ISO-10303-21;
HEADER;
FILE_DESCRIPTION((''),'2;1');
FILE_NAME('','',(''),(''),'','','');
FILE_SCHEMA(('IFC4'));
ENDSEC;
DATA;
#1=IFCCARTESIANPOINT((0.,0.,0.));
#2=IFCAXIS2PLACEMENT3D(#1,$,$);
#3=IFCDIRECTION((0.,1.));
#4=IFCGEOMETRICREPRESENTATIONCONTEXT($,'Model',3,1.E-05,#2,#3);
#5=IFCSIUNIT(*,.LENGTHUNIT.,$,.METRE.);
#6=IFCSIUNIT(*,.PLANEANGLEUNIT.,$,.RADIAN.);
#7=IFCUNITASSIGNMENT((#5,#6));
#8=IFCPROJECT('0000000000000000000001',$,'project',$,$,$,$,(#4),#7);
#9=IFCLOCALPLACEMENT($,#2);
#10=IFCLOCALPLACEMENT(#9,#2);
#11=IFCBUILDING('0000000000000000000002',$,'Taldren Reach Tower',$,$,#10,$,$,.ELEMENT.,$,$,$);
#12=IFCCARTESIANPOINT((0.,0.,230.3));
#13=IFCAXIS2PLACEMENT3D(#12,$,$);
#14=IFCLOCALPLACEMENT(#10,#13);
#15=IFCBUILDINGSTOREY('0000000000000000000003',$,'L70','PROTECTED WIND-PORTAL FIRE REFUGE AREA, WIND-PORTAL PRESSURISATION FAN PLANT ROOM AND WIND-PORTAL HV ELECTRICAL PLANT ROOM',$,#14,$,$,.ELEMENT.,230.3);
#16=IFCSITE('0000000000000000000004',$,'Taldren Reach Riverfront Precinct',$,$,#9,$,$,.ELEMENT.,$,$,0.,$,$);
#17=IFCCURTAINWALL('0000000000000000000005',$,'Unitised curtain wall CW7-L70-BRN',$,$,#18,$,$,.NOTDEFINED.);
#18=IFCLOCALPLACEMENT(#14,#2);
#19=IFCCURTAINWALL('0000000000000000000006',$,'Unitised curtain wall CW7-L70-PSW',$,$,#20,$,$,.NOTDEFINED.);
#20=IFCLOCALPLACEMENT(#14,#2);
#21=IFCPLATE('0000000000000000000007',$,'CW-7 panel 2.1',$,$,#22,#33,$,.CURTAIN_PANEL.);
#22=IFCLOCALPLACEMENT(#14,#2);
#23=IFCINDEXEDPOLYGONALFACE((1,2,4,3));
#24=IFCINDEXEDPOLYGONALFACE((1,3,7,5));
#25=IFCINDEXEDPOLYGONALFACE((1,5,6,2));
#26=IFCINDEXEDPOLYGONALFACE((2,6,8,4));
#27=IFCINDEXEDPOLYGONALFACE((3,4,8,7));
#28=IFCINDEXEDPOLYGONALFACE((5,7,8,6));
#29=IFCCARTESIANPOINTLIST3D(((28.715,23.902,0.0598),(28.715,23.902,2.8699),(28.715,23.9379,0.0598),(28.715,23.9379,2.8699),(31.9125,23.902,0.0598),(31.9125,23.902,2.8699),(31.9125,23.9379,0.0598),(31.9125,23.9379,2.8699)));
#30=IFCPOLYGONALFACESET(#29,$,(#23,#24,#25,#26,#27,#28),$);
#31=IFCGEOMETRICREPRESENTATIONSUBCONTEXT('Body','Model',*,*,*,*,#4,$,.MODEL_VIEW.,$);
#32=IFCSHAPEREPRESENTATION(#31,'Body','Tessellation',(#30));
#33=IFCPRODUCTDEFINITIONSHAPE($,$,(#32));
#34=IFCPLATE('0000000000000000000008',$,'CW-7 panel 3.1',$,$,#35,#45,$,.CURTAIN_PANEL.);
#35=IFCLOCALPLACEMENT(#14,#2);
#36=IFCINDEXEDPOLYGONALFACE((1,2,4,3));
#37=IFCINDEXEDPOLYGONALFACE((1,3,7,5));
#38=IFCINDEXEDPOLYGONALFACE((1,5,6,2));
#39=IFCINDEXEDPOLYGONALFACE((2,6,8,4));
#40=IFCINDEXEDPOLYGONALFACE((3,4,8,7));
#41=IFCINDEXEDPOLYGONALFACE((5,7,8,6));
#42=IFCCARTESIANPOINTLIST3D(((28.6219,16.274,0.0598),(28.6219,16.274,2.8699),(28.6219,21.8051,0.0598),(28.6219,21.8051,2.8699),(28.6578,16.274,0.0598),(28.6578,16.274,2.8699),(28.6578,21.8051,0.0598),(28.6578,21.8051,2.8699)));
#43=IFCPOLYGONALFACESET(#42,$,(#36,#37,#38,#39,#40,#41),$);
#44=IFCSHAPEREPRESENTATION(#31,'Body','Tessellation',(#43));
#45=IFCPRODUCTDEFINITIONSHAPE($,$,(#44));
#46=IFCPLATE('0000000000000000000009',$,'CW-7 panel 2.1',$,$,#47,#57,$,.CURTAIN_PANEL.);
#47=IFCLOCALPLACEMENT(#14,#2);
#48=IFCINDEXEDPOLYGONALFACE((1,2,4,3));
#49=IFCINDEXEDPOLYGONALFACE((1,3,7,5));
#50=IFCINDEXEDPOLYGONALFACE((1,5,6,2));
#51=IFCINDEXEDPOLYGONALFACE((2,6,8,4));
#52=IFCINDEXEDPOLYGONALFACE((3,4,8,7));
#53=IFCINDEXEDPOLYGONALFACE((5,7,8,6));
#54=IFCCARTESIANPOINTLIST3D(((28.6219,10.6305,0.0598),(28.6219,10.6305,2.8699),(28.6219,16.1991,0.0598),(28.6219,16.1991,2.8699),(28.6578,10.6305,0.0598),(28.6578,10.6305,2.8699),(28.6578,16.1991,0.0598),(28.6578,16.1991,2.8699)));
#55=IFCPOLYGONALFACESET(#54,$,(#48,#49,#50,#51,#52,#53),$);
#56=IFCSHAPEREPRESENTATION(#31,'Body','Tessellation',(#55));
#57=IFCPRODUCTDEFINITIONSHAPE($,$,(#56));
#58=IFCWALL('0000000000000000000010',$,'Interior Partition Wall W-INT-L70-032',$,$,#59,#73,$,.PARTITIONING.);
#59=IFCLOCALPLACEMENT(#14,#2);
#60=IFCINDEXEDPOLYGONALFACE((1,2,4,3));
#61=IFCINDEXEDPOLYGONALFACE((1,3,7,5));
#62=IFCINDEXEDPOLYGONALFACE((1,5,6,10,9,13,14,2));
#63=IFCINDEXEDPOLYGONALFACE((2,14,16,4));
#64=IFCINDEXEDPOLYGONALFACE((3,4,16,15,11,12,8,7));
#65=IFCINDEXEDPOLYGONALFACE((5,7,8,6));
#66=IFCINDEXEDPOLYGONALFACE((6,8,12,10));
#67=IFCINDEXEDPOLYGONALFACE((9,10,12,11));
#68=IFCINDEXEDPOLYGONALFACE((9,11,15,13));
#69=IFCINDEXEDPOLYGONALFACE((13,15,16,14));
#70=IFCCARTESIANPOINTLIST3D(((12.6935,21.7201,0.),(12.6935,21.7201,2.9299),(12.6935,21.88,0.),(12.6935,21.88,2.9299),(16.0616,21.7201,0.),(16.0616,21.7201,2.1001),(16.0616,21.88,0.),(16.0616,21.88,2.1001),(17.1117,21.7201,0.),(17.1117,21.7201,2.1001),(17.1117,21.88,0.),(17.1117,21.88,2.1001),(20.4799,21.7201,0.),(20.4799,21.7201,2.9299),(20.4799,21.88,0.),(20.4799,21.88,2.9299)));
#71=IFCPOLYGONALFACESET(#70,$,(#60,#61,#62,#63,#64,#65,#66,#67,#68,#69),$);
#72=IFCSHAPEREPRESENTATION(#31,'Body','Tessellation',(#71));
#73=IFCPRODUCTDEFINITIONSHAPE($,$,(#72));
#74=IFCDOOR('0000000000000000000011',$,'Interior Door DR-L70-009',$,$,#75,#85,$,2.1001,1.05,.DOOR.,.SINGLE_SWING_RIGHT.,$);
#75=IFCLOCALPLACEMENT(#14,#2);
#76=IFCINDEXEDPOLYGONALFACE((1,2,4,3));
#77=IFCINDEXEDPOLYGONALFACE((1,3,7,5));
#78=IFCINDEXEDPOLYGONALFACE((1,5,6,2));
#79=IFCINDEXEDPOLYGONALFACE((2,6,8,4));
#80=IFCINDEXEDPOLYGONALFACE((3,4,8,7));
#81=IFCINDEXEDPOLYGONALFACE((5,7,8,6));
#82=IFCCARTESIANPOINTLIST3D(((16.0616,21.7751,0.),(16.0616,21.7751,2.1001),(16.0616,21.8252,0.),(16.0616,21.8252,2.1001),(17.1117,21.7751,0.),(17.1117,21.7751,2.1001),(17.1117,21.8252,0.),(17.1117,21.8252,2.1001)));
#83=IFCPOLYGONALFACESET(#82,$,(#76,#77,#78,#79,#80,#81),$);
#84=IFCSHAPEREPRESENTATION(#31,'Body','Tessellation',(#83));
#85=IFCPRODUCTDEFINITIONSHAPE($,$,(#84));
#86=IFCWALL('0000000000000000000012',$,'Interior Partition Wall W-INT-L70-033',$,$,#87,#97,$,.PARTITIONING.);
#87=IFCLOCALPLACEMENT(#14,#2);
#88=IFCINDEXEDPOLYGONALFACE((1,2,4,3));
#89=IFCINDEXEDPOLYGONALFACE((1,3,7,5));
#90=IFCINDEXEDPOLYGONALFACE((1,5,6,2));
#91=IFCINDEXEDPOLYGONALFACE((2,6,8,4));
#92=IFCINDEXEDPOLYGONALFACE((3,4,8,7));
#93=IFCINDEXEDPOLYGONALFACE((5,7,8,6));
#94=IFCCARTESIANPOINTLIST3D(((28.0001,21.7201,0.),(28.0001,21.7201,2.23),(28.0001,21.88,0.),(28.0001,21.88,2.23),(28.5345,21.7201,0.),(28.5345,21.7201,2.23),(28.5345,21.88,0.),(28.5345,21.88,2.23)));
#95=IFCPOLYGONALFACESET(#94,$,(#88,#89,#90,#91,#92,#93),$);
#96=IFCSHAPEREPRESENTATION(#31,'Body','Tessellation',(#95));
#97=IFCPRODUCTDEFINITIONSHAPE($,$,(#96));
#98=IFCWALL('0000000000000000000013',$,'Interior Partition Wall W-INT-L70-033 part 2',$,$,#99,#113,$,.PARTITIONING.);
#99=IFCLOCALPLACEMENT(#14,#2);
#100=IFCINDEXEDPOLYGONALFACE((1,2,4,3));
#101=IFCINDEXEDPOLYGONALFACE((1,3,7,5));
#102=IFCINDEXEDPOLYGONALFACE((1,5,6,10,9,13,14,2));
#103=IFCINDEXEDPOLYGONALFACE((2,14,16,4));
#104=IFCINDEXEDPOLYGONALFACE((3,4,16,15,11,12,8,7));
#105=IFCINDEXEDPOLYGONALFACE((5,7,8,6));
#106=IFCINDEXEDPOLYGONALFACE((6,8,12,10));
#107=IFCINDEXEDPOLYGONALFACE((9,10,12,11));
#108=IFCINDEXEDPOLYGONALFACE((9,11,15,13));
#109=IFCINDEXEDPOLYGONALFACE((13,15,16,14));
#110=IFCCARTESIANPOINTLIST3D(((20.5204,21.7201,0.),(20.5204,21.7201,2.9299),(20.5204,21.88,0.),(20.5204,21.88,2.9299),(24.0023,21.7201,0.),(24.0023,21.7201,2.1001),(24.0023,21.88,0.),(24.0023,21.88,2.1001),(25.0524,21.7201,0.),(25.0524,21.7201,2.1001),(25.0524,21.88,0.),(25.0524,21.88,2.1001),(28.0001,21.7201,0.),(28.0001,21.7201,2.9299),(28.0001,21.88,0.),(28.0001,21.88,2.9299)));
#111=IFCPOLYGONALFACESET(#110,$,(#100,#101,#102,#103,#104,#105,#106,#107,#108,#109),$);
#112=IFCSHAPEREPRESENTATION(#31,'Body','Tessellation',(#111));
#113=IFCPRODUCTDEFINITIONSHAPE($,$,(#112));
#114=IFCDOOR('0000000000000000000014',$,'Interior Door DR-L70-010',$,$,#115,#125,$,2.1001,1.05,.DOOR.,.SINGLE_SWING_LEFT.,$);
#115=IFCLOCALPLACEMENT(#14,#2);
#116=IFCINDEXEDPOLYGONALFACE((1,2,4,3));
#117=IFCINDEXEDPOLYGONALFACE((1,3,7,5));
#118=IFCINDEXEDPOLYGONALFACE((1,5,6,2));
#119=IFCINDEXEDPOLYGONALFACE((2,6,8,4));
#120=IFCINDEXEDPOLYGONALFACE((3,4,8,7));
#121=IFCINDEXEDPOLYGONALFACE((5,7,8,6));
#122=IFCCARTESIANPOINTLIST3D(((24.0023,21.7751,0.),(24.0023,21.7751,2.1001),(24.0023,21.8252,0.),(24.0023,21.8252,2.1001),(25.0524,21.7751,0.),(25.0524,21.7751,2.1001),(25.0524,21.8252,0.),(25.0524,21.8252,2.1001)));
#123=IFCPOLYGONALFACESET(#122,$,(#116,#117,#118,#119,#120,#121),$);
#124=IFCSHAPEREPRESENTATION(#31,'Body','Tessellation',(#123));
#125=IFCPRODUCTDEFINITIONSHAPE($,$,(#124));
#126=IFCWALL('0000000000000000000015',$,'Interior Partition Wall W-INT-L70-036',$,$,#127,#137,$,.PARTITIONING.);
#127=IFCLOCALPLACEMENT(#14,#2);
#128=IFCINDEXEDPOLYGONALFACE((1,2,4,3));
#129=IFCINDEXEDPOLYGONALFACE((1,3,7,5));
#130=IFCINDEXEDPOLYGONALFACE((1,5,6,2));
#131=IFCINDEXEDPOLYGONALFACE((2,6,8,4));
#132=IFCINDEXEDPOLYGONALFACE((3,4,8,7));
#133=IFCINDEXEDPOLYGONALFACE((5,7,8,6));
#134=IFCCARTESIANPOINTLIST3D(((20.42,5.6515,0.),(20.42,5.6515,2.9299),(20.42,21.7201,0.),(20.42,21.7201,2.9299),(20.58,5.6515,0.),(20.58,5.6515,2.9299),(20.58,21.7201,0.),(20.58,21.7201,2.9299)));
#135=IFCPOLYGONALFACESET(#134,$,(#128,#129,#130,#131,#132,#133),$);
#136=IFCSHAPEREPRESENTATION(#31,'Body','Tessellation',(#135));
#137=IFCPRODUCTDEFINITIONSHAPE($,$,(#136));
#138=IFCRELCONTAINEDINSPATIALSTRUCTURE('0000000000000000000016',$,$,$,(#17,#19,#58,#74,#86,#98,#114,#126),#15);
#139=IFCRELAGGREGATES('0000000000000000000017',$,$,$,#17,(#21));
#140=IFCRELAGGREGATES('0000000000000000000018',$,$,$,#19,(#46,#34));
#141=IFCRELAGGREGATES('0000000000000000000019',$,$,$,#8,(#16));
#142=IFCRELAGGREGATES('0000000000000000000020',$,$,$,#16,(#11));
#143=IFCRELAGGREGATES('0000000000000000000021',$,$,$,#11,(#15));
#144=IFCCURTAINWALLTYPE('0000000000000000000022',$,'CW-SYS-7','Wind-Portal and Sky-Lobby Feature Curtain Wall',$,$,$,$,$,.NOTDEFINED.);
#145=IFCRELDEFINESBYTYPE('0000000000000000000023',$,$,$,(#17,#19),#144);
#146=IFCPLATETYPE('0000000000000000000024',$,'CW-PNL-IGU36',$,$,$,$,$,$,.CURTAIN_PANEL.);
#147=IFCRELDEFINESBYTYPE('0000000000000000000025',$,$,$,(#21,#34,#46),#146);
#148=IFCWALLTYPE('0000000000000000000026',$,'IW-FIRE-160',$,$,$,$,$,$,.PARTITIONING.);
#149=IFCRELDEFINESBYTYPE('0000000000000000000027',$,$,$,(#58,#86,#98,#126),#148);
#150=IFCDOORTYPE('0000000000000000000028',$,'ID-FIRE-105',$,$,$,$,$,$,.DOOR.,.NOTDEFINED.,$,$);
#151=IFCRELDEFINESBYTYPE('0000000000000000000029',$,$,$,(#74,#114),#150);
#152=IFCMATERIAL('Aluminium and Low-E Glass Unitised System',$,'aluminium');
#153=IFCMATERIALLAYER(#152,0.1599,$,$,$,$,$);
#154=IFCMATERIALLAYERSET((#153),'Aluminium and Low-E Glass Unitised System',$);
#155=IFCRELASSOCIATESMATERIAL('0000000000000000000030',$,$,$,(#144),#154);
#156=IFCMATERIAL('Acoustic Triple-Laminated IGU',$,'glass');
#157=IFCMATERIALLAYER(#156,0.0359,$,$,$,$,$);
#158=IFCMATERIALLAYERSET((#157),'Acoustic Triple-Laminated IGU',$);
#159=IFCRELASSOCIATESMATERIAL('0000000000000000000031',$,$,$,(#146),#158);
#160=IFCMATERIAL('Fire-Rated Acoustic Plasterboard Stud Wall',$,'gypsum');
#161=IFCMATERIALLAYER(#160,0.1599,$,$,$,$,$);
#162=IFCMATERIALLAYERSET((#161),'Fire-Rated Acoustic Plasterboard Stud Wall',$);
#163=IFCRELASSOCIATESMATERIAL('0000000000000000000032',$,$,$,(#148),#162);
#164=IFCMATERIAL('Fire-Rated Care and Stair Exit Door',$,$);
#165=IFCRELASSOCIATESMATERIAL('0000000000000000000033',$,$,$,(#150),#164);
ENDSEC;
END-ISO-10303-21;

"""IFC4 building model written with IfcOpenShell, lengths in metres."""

from ifc_helpers import new_model, si_unit, direction, frame, frame_2d, origin, origin_2d, place, context, subcontext, project, spatial, rectangle, extrude, source, transform, mapped, material, layer, layer_set, type_object, element, fill, aggregate, save


model = new_model("IFC4")

# Units and contexts
model_context = context("Model", 3, precision=1e-05, world=origin(), true_north=direction((0.0, 1.0)))
body_context = subcontext(model_context, "Body", "Model", "MODEL_VIEW")
ifc_project = project(units=[si_unit("LENGTHUNIT", "METRE"), si_unit("PLANEANGLEUNIT", "RADIAN")], contexts=[model_context])

# Site, building, storey
site_placement = place(None, origin())
site = spatial("IfcSite", under=ifc_project, at=site_placement, Name="Taldren Reach Riverfront Precinct", CompositionType="ELEMENT", RefElevation=0.0)
building_placement = place(site_placement, origin())
building = spatial("IfcBuilding", under=site, at=building_placement, Name="Taldren Reach Tower", CompositionType="ELEMENT")
storey_placement = place(building_placement, frame((0.0, 0.0, 230.3)))
storey = spatial("IfcBuildingStorey", under=building, at=storey_placement, Name="L70", Description="PROTECTED WIND-PORTAL FIRE REFUGE AREA, WIND-PORTAL PRESSURISATION FAN PLANT ROOM AND WIND-PORTAL HV ELECTRICAL PLANT ROOM", CompositionType="ELEMENT", Elevation=230.3)

# Shared definitions
ifc_material_1 = material(Name="Aluminium and Low-E Glass Unitised System", Category="aluminium")
ifc_layer_1 = layer(ifc_material_1, 0.1599)
ifc_layer_set_1 = layer_set([ifc_layer_1], Name="Aluminium and Low-E Glass Unitised System")
curtain_wall_type = type_object("IfcCurtainWallType", Name="CW-SYS-7", Description="Wind-Portal and Sky-Lobby Feature Curtain Wall", PredefinedType="NOTDEFINED", material=ifc_layer_set_1)

# Curtain wall
curtain_wall_1_placement = place(storey_placement, origin())
curtain_wall_1 = element("IfcCurtainWall", 1, at=curtain_wall_1_placement, inside=storey, type_object=curtain_wall_type, Name="Unitised curtain wall CW7-L70-BRN", PredefinedType="NOTDEFINED")

# Curtain wall
curtain_wall_2_placement = place(storey_placement, origin())
curtain_wall_2 = element("IfcCurtainWall", 2, at=curtain_wall_2_placement, inside=storey, type_object=curtain_wall_type, Name="Unitised curtain wall CW7-L70-PSW", PredefinedType="NOTDEFINED")

# Plates
ifc_material_2 = material(Name="Acoustic Triple-Laminated IGU", Category="glass")
ifc_layer_2 = layer(ifc_material_2, 0.0359)
ifc_layer_set_2 = layer_set([ifc_layer_2], Name="Acoustic Triple-Laminated IGU")
plate_type = type_object("IfcPlateType", Name="CW-PNL-IGU36", PredefinedType="CURTAIN_PANEL", material=ifc_layer_set_2)
shared_shape_1 = source(origin(), body_context, "Body", "SweptSolid", [
    extrude(rectangle(XDim=3.1975, YDim=0.0359, at=origin_2d()), origin(), (0.0, 0.0, 1.0), 2.8101),
])
plate_1_placement = place(storey_placement, frame((30.3137, 23.9199, 0.0598), z_axis=(0.0, 0.0, 1.0), x_axis=(-1.0, 0.0, 0.0)))
plate_1 = element("IfcPlate", 3, at=plate_1_placement, type_object=plate_type, Name="CW-7 panel 2.1", PredefinedType="CURTAIN_PANEL", context=body_context, shape_type="MappedRepresentation", body=[
    mapped(shared_shape_1, transform((0.0, 0.0, 0.0), scale=1.0)),
])
aggregate(curtain_wall_1, [plate_1])
shared_shape_2 = source(origin(), body_context, "Body", "SweptSolid", [
    extrude(rectangle(XDim=5.531, YDim=0.0359, at=origin_2d()), origin(), (0.0, 0.0, 1.0), 2.8101),
])
plate_2_placement = place(storey_placement, frame((28.6399, 19.0396, 0.0598), z_axis=(0.0, 0.0, 1.0), x_axis=(0.0, 1.0, 0.0)))
plate_2 = element("IfcPlate", 4, at=plate_2_placement, type_object=plate_type, Name="CW-7 panel 3.1", PredefinedType="CURTAIN_PANEL", context=body_context, shape_type="MappedRepresentation", body=[
    mapped(shared_shape_2, transform((0.0, 0.0, 0.0), scale=1.0)),
])
shared_shape_3 = source(origin(), body_context, "Body", "SweptSolid", [
    extrude(rectangle(XDim=5.5686, YDim=0.0359, at=origin_2d()), origin(), (0.0, 0.0, 1.0), 2.8101),
])
plate_3_placement = place(storey_placement, frame((28.6399, 13.4148, 0.0598), z_axis=(0.0, 0.0, 1.0), x_axis=(0.0, 1.0, 0.0)))
plate_3 = element("IfcPlate", 5, at=plate_3_placement, type_object=plate_type, Name="CW-7 panel 2.1", PredefinedType="CURTAIN_PANEL", context=body_context, shape_type="MappedRepresentation", body=[
    mapped(shared_shape_3, transform((0.0, 0.0, 0.0), scale=1.0)),
])
aggregate(curtain_wall_2, [plate_3, plate_2])

# Wall, opening, door
ifc_material_3 = material(Name="Fire-Rated Acoustic Plasterboard Stud Wall", Category="gypsum")
ifc_layer_3 = layer(ifc_material_3, 0.1599)
ifc_layer_set_3 = layer_set([ifc_layer_3], Name="Fire-Rated Acoustic Plasterboard Stud Wall")
wall_type = type_object("IfcWallType", Name="IW-FIRE-160", PredefinedType="PARTITIONING", material=ifc_layer_set_3)
shared_shape_4 = source(origin(), body_context, "Body", "SweptSolid", [
    extrude(rectangle(XDim=7.7864, YDim=0.1599, at=frame_2d((3.8931, 0.0))), origin(), (0.0, 0.0, 1.0), 2.9299),
])
wall_1_placement = place(storey_placement, frame((20.4797, 21.8, 0.0), z_axis=(0.0, 0.0, 1.0), x_axis=(-1.0, 0.0, 0.0)))
wall_1 = element("IfcWall", 6, at=wall_1_placement, inside=storey, type_object=wall_type, Name="Interior Partition Wall W-INT-L70-032", PredefinedType="PARTITIONING", context=body_context, shape_type="MappedRepresentation", body=[
    mapped(shared_shape_4, transform((0.0, 0.0, 0.0), scale=1.0)),
])
shared_shape_5 = source(origin(), body_context, "Body", "SweptSolid", [
    extrude(rectangle(XDim=1.05, YDim=2.1001, at=frame_2d((0.5249, 1.05))), frame((0.0, 0.0898, 0.0), z_axis=(0.0, -1.0, 0.0), x_axis=(1.0, 0.0, 0.0)), (0.0, 0.0, 1.0), 0.1799),
])
opening_1_placement = place(wall_1_placement, frame((3.3682, 0.0, 0.0)))
opening_1 = element("IfcOpeningElement", 7, at=opening_1_placement, cuts=wall_1, PredefinedType="OPENING", context=body_context, shape_type="MappedRepresentation", body=[
    mapped(shared_shape_5, transform((0.0, 0.0, 0.0), scale=1.0)),
])
ifc_material_4 = material(Name="Fire-Rated Care and Stair Exit Door")
door_type = type_object("IfcDoorType", Name="ID-FIRE-105", OperationType="NOTDEFINED", PredefinedType="DOOR", material=ifc_material_4)
shared_shape_6 = source(origin(), body_context, "Body", "SweptSolid", [
    extrude(rectangle(XDim=1.05, YDim=2.1001, at=frame_2d((0.5249, 1.05))), frame((0.0, 0.0249, 0.0), z_axis=(0.0, -1.0, 0.0), x_axis=(1.0, 0.0, 0.0)), (0.0, 0.0, 1.0), 0.05),
])
door_1_placement = place(opening_1_placement, origin())
door_1 = element("IfcDoor", 8, at=door_1_placement, inside=storey, type_object=door_type, Name="Interior Door DR-L70-009", OperationType="SINGLE_SWING_RIGHT", OverallHeight=2.1001, OverallWidth=1.05, PredefinedType="DOOR", context=body_context, shape_type="MappedRepresentation", body=[
    mapped(shared_shape_6, transform((0.0, 0.0, 0.0), scale=1.0)),
])
fill(opening_1, door_1)

# Wall
shared_shape_7 = source(origin(), body_context, "Body", "SweptSolid", [
    extrude(rectangle(XDim=0.5344, YDim=0.1599, at=frame_2d((0.2671, 0.0))), origin(), (0.0, 0.0, 1.0), 2.23),
])
wall_2_placement = place(storey_placement, frame((28.5344, 21.8, 0.0), z_axis=(0.0, 0.0, 1.0), x_axis=(-1.0, 0.0, 0.0)))
element("IfcWall", 9, at=wall_2_placement, inside=storey, type_object=wall_type, Name="Interior Partition Wall W-INT-L70-033", PredefinedType="PARTITIONING", context=body_context, shape_type="MappedRepresentation", body=[
    mapped(shared_shape_7, transform((0.0, 0.0, 0.0), scale=1.0)),
])

# Wall, opening, door
shared_shape_8 = source(origin(), body_context, "Body", "SweptSolid", [
    extrude(rectangle(XDim=7.4797, YDim=0.1599, at=frame_2d((3.7397, 0.0))), origin(), (0.0, 0.0, 1.0), 2.9299),
])
wall_3_placement = place(storey_placement, frame((28.0, 21.8, 0.0), z_axis=(0.0, 0.0, 1.0), x_axis=(-1.0, 0.0, 0.0)))
wall_3 = element("IfcWall", 10, at=wall_3_placement, inside=storey, type_object=wall_type, Name="Interior Partition Wall W-INT-L70-033 part 2", PredefinedType="PARTITIONING", context=body_context, shape_type="MappedRepresentation", body=[
    mapped(shared_shape_8, transform((0.0, 0.0, 0.0), scale=1.0)),
])
opening_2_placement = place(wall_3_placement, frame((2.9478, 0.0, 0.0)))
opening_2 = element("IfcOpeningElement", 11, at=opening_2_placement, cuts=wall_3, PredefinedType="OPENING", context=body_context, shape_type="MappedRepresentation", body=[
    mapped(shared_shape_5, transform((0.0, 0.0, 0.0), scale=1.0)),
])
door_2_placement = place(opening_2_placement, origin())
door_2 = element("IfcDoor", 12, at=door_2_placement, inside=storey, type_object=door_type, Name="Interior Door DR-L70-010", OperationType="SINGLE_SWING_LEFT", OverallHeight=2.1001, OverallWidth=1.05, PredefinedType="DOOR", context=body_context, shape_type="MappedRepresentation", body=[
    mapped(shared_shape_6, transform((0.0, 0.0, 0.0), scale=1.0)),
])
fill(opening_2, door_2)

# Wall
shared_shape_9 = source(origin(), body_context, "Body", "SweptSolid", [
    extrude(rectangle(XDim=16.0686, YDim=0.1599, at=frame_2d((8.0342, 0.0))), origin(), (0.0, 0.0, 1.0), 2.9299),
])
wall_4_placement = place(storey_placement, frame((20.5, 21.72, 0.0), z_axis=(0.0, 0.0, 1.0), x_axis=(0.0, -1.0, 0.0)))
element("IfcWall", 13, at=wall_4_placement, inside=storey, type_object=wall_type, Name="Interior Partition Wall W-INT-L70-036", PredefinedType="PARTITIONING", context=body_context, shape_type="MappedRepresentation", body=[
    mapped(shared_shape_9, transform((0.0, 0.0, 0.0), scale=1.0)),
])

save(model, "model.ifc")
